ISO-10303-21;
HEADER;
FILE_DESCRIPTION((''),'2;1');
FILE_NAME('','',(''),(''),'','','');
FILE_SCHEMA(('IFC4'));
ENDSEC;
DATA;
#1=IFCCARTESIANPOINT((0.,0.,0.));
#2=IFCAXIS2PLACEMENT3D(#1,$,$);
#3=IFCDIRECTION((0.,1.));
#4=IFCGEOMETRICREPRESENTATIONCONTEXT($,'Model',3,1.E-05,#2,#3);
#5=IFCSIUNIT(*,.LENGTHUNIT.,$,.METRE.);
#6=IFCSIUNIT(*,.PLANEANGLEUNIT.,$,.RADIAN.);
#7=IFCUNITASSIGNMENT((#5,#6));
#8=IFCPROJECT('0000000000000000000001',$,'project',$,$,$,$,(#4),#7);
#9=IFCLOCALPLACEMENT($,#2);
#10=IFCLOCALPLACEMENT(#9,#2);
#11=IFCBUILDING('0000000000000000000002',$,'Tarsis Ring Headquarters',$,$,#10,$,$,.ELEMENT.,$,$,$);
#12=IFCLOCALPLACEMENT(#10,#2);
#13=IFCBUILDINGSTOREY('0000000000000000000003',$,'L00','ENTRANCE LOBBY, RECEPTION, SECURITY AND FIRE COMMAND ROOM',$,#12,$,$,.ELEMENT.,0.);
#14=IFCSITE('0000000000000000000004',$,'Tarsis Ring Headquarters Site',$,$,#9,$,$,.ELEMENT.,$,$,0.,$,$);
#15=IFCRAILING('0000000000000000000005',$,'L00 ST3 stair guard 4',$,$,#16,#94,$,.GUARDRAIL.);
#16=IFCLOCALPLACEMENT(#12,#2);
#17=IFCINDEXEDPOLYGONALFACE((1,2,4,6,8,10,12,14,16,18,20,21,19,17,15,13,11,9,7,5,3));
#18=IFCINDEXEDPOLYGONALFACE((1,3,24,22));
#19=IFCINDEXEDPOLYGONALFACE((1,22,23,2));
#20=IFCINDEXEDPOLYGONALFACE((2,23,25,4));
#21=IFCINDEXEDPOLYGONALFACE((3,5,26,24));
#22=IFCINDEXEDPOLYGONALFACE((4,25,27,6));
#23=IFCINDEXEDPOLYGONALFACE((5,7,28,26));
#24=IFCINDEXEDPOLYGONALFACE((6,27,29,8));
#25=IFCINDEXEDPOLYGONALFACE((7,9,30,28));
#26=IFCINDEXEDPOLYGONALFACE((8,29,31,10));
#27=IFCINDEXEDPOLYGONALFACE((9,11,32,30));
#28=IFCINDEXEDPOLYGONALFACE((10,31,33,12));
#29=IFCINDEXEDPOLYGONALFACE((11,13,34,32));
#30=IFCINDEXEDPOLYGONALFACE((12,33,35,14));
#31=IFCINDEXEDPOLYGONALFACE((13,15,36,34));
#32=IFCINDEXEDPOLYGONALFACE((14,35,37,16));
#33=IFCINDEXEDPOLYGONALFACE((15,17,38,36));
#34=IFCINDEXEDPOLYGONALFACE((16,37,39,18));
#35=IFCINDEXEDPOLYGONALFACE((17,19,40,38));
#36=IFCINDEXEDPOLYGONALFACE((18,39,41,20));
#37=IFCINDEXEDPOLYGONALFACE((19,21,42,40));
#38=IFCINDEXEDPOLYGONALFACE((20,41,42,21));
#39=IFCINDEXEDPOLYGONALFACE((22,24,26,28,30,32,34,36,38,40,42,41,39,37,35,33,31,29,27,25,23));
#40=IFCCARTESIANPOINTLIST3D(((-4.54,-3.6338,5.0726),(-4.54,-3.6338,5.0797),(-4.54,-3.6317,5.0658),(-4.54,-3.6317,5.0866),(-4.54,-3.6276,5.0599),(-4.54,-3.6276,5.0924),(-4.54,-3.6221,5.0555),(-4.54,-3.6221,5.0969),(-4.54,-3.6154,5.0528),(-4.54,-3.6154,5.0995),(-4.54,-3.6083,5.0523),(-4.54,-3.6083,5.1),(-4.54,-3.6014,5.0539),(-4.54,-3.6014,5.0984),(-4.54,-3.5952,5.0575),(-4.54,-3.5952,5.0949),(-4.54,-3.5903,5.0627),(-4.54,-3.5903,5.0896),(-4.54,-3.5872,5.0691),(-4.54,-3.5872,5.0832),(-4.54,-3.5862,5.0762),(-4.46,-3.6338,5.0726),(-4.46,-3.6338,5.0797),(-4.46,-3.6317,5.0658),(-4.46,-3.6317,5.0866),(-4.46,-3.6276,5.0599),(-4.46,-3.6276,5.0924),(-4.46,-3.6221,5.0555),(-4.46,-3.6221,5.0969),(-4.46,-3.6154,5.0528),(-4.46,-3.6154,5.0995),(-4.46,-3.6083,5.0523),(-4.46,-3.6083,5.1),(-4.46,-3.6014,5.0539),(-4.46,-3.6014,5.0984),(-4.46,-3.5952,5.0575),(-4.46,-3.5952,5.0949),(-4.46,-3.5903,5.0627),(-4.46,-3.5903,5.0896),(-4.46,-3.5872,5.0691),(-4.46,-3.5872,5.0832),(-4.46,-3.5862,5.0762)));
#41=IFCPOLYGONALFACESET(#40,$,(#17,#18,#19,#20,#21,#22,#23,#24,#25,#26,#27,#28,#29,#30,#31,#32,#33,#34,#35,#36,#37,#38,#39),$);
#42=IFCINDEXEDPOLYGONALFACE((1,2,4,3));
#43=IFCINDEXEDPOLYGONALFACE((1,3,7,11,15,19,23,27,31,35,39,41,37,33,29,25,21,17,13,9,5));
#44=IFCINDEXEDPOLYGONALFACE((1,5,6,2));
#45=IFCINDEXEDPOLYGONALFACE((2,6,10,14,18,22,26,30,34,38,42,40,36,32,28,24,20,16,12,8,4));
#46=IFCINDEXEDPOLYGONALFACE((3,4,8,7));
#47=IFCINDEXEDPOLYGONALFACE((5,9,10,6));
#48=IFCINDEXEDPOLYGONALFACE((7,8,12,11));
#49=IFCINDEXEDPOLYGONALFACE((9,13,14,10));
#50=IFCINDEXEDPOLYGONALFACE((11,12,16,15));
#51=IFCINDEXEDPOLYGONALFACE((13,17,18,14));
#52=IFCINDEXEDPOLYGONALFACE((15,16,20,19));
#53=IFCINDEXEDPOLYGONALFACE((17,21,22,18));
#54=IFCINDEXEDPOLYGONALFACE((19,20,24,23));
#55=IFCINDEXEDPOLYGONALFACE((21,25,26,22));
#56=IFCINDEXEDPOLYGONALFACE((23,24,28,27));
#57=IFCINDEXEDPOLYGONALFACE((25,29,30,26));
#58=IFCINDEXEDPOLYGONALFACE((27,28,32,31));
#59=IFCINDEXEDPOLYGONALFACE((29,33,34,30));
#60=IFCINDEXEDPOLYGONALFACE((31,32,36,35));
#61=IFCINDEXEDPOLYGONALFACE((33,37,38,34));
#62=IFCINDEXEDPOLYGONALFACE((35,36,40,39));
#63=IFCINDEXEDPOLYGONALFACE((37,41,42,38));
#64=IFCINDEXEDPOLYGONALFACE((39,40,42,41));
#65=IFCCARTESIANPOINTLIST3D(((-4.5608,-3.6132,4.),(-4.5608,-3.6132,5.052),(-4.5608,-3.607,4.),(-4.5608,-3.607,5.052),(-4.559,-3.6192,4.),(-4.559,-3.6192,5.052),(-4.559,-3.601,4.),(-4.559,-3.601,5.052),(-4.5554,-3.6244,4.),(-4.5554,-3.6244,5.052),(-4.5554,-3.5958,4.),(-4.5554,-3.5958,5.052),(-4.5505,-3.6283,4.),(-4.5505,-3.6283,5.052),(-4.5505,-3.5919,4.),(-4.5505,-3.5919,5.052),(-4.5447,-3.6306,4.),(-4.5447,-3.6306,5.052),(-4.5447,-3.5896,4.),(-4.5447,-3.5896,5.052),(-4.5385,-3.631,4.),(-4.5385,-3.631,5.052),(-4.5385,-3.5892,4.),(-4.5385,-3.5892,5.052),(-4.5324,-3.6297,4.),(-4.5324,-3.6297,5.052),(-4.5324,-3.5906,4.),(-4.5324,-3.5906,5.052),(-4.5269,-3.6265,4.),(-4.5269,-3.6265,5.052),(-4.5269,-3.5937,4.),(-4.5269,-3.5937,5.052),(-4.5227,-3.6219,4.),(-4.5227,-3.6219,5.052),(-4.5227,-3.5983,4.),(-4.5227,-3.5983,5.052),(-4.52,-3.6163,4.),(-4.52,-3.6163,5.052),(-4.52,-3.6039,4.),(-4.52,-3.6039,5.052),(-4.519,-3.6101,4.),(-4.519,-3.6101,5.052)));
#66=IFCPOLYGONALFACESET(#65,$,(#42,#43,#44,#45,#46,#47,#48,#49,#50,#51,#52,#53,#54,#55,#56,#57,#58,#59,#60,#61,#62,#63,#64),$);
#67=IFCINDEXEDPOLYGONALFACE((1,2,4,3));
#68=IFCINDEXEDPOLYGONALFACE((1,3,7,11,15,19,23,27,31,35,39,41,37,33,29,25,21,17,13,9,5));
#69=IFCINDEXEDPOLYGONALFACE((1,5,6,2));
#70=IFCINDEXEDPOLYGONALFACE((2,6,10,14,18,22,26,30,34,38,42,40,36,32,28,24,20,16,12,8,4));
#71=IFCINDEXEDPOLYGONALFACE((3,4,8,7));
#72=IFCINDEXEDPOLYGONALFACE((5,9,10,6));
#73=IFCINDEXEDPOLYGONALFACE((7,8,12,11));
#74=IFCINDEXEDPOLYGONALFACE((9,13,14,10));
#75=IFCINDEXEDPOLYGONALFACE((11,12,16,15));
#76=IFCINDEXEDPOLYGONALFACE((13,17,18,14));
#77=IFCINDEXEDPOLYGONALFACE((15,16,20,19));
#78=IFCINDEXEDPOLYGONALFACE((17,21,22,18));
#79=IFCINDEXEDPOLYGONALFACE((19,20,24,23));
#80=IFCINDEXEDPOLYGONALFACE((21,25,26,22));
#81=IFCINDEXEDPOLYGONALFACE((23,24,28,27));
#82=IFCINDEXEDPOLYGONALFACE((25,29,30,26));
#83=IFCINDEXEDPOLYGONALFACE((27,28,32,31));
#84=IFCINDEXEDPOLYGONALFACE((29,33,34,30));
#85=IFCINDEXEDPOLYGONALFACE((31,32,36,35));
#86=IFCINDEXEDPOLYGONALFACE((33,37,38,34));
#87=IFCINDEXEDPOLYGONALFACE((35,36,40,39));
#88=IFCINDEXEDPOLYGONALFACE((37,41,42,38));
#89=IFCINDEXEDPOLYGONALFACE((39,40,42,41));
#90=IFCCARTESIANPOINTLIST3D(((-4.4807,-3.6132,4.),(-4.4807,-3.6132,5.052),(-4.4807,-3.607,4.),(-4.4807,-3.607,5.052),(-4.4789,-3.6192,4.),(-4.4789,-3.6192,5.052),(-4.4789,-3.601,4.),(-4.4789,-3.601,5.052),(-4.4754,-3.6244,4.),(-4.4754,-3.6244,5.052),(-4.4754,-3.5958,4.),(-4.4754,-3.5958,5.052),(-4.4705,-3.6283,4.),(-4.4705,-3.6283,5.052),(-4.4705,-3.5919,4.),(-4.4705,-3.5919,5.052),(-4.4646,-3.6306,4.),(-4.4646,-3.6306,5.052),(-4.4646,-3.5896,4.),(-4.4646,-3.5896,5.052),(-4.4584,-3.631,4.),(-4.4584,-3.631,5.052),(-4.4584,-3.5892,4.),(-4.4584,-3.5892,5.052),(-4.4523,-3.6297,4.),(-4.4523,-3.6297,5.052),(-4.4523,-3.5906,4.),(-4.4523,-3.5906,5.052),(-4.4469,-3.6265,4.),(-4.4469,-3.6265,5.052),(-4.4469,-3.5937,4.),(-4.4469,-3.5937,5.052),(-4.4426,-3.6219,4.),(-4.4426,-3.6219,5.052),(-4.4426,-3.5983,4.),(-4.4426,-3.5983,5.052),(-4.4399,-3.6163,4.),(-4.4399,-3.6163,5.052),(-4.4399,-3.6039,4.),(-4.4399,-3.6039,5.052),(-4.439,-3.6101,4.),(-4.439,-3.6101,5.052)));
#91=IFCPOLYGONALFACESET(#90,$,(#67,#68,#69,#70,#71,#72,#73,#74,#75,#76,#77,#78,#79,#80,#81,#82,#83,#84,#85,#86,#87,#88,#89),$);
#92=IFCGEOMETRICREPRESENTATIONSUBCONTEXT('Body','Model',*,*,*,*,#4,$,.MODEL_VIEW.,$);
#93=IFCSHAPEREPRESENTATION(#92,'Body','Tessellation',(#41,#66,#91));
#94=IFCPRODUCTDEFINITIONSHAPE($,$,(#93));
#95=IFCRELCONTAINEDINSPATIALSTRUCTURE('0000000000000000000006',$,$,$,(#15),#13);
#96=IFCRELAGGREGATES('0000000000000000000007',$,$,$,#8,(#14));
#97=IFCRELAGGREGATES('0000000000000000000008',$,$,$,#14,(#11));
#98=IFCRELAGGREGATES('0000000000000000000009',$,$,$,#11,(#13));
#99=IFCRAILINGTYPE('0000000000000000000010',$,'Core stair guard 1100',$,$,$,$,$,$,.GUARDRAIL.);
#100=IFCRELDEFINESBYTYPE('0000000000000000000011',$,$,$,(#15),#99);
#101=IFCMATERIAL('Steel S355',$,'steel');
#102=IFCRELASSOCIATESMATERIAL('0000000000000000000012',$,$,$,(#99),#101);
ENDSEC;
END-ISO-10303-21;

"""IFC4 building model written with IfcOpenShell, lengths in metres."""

from ifc_helpers import new_model, si_unit, direction, frame, origin, origin_2d, place, context, subcontext, project, spatial, circle, extrude, material, type_object, element, save


model = new_model("IFC4")

# Units and contexts
model_context = context("Model", 3, precision=1e-05, world=origin(), true_north=direction((0.0, 1.0)))
body_context = subcontext(model_context, "Body", "Model", "MODEL_VIEW")
ifc_project = project(units=[si_unit("LENGTHUNIT", "METRE"), si_unit("PLANEANGLEUNIT", "RADIAN")], contexts=[model_context])

# Site, building, storey
site_placement = place(None, origin())
site = spatial("IfcSite", under=ifc_project, at=site_placement, Name="Tarsis Ring Headquarters Site", CompositionType="ELEMENT", RefElevation=0.0)
building_placement = place(site_placement, origin())
building = spatial("IfcBuilding", under=site, at=building_placement, Name="Tarsis Ring Headquarters", CompositionType="ELEMENT")
storey_placement = place(building_placement, origin())
storey = spatial("IfcBuildingStorey", under=building, at=storey_placement, Name="L00", Description="ENTRANCE LOBBY, RECEPTION, SECURITY AND FIRE COMMAND ROOM", CompositionType="ELEMENT", Elevation=0.0)

# Railing
ifc_material = material(Name="Steel S355", Category="steel")
railing_type_1 = type_object("IfcRailingType", Name="Core stair guard 1100", PredefinedType="GUARDRAIL", material=ifc_material)
railing_1_placement = place(storey_placement, frame((-4.54, -3.6101, 4.0)))
element("IfcRailing", 1, at=railing_1_placement, inside=storey, type_object=railing_type_1, Name="L00 ST3 stair guard 4", PredefinedType="GUARDRAIL", context=body_context, shape_type="SweptSolid", body=[
    extrude(circle(Radius=0.0239, at=origin_2d()), frame((0.0, 0.0, 1.0762), z_axis=(1.0, 0.0, 0.0), x_axis=(0.0, 1.0, 0.0)), (0.0, 0.0, 1.0), 0.0801),
    extrude(circle(Radius=0.021, at=origin_2d()), origin(), (0.0, 0.0, 1.0), 1.052),
    extrude(circle(Radius=0.021, at=origin_2d()), frame((0.0801, 0.0, 0.0)), (0.0, 0.0, 1.0), 1.052),
])

save(model, "model.ifc")
